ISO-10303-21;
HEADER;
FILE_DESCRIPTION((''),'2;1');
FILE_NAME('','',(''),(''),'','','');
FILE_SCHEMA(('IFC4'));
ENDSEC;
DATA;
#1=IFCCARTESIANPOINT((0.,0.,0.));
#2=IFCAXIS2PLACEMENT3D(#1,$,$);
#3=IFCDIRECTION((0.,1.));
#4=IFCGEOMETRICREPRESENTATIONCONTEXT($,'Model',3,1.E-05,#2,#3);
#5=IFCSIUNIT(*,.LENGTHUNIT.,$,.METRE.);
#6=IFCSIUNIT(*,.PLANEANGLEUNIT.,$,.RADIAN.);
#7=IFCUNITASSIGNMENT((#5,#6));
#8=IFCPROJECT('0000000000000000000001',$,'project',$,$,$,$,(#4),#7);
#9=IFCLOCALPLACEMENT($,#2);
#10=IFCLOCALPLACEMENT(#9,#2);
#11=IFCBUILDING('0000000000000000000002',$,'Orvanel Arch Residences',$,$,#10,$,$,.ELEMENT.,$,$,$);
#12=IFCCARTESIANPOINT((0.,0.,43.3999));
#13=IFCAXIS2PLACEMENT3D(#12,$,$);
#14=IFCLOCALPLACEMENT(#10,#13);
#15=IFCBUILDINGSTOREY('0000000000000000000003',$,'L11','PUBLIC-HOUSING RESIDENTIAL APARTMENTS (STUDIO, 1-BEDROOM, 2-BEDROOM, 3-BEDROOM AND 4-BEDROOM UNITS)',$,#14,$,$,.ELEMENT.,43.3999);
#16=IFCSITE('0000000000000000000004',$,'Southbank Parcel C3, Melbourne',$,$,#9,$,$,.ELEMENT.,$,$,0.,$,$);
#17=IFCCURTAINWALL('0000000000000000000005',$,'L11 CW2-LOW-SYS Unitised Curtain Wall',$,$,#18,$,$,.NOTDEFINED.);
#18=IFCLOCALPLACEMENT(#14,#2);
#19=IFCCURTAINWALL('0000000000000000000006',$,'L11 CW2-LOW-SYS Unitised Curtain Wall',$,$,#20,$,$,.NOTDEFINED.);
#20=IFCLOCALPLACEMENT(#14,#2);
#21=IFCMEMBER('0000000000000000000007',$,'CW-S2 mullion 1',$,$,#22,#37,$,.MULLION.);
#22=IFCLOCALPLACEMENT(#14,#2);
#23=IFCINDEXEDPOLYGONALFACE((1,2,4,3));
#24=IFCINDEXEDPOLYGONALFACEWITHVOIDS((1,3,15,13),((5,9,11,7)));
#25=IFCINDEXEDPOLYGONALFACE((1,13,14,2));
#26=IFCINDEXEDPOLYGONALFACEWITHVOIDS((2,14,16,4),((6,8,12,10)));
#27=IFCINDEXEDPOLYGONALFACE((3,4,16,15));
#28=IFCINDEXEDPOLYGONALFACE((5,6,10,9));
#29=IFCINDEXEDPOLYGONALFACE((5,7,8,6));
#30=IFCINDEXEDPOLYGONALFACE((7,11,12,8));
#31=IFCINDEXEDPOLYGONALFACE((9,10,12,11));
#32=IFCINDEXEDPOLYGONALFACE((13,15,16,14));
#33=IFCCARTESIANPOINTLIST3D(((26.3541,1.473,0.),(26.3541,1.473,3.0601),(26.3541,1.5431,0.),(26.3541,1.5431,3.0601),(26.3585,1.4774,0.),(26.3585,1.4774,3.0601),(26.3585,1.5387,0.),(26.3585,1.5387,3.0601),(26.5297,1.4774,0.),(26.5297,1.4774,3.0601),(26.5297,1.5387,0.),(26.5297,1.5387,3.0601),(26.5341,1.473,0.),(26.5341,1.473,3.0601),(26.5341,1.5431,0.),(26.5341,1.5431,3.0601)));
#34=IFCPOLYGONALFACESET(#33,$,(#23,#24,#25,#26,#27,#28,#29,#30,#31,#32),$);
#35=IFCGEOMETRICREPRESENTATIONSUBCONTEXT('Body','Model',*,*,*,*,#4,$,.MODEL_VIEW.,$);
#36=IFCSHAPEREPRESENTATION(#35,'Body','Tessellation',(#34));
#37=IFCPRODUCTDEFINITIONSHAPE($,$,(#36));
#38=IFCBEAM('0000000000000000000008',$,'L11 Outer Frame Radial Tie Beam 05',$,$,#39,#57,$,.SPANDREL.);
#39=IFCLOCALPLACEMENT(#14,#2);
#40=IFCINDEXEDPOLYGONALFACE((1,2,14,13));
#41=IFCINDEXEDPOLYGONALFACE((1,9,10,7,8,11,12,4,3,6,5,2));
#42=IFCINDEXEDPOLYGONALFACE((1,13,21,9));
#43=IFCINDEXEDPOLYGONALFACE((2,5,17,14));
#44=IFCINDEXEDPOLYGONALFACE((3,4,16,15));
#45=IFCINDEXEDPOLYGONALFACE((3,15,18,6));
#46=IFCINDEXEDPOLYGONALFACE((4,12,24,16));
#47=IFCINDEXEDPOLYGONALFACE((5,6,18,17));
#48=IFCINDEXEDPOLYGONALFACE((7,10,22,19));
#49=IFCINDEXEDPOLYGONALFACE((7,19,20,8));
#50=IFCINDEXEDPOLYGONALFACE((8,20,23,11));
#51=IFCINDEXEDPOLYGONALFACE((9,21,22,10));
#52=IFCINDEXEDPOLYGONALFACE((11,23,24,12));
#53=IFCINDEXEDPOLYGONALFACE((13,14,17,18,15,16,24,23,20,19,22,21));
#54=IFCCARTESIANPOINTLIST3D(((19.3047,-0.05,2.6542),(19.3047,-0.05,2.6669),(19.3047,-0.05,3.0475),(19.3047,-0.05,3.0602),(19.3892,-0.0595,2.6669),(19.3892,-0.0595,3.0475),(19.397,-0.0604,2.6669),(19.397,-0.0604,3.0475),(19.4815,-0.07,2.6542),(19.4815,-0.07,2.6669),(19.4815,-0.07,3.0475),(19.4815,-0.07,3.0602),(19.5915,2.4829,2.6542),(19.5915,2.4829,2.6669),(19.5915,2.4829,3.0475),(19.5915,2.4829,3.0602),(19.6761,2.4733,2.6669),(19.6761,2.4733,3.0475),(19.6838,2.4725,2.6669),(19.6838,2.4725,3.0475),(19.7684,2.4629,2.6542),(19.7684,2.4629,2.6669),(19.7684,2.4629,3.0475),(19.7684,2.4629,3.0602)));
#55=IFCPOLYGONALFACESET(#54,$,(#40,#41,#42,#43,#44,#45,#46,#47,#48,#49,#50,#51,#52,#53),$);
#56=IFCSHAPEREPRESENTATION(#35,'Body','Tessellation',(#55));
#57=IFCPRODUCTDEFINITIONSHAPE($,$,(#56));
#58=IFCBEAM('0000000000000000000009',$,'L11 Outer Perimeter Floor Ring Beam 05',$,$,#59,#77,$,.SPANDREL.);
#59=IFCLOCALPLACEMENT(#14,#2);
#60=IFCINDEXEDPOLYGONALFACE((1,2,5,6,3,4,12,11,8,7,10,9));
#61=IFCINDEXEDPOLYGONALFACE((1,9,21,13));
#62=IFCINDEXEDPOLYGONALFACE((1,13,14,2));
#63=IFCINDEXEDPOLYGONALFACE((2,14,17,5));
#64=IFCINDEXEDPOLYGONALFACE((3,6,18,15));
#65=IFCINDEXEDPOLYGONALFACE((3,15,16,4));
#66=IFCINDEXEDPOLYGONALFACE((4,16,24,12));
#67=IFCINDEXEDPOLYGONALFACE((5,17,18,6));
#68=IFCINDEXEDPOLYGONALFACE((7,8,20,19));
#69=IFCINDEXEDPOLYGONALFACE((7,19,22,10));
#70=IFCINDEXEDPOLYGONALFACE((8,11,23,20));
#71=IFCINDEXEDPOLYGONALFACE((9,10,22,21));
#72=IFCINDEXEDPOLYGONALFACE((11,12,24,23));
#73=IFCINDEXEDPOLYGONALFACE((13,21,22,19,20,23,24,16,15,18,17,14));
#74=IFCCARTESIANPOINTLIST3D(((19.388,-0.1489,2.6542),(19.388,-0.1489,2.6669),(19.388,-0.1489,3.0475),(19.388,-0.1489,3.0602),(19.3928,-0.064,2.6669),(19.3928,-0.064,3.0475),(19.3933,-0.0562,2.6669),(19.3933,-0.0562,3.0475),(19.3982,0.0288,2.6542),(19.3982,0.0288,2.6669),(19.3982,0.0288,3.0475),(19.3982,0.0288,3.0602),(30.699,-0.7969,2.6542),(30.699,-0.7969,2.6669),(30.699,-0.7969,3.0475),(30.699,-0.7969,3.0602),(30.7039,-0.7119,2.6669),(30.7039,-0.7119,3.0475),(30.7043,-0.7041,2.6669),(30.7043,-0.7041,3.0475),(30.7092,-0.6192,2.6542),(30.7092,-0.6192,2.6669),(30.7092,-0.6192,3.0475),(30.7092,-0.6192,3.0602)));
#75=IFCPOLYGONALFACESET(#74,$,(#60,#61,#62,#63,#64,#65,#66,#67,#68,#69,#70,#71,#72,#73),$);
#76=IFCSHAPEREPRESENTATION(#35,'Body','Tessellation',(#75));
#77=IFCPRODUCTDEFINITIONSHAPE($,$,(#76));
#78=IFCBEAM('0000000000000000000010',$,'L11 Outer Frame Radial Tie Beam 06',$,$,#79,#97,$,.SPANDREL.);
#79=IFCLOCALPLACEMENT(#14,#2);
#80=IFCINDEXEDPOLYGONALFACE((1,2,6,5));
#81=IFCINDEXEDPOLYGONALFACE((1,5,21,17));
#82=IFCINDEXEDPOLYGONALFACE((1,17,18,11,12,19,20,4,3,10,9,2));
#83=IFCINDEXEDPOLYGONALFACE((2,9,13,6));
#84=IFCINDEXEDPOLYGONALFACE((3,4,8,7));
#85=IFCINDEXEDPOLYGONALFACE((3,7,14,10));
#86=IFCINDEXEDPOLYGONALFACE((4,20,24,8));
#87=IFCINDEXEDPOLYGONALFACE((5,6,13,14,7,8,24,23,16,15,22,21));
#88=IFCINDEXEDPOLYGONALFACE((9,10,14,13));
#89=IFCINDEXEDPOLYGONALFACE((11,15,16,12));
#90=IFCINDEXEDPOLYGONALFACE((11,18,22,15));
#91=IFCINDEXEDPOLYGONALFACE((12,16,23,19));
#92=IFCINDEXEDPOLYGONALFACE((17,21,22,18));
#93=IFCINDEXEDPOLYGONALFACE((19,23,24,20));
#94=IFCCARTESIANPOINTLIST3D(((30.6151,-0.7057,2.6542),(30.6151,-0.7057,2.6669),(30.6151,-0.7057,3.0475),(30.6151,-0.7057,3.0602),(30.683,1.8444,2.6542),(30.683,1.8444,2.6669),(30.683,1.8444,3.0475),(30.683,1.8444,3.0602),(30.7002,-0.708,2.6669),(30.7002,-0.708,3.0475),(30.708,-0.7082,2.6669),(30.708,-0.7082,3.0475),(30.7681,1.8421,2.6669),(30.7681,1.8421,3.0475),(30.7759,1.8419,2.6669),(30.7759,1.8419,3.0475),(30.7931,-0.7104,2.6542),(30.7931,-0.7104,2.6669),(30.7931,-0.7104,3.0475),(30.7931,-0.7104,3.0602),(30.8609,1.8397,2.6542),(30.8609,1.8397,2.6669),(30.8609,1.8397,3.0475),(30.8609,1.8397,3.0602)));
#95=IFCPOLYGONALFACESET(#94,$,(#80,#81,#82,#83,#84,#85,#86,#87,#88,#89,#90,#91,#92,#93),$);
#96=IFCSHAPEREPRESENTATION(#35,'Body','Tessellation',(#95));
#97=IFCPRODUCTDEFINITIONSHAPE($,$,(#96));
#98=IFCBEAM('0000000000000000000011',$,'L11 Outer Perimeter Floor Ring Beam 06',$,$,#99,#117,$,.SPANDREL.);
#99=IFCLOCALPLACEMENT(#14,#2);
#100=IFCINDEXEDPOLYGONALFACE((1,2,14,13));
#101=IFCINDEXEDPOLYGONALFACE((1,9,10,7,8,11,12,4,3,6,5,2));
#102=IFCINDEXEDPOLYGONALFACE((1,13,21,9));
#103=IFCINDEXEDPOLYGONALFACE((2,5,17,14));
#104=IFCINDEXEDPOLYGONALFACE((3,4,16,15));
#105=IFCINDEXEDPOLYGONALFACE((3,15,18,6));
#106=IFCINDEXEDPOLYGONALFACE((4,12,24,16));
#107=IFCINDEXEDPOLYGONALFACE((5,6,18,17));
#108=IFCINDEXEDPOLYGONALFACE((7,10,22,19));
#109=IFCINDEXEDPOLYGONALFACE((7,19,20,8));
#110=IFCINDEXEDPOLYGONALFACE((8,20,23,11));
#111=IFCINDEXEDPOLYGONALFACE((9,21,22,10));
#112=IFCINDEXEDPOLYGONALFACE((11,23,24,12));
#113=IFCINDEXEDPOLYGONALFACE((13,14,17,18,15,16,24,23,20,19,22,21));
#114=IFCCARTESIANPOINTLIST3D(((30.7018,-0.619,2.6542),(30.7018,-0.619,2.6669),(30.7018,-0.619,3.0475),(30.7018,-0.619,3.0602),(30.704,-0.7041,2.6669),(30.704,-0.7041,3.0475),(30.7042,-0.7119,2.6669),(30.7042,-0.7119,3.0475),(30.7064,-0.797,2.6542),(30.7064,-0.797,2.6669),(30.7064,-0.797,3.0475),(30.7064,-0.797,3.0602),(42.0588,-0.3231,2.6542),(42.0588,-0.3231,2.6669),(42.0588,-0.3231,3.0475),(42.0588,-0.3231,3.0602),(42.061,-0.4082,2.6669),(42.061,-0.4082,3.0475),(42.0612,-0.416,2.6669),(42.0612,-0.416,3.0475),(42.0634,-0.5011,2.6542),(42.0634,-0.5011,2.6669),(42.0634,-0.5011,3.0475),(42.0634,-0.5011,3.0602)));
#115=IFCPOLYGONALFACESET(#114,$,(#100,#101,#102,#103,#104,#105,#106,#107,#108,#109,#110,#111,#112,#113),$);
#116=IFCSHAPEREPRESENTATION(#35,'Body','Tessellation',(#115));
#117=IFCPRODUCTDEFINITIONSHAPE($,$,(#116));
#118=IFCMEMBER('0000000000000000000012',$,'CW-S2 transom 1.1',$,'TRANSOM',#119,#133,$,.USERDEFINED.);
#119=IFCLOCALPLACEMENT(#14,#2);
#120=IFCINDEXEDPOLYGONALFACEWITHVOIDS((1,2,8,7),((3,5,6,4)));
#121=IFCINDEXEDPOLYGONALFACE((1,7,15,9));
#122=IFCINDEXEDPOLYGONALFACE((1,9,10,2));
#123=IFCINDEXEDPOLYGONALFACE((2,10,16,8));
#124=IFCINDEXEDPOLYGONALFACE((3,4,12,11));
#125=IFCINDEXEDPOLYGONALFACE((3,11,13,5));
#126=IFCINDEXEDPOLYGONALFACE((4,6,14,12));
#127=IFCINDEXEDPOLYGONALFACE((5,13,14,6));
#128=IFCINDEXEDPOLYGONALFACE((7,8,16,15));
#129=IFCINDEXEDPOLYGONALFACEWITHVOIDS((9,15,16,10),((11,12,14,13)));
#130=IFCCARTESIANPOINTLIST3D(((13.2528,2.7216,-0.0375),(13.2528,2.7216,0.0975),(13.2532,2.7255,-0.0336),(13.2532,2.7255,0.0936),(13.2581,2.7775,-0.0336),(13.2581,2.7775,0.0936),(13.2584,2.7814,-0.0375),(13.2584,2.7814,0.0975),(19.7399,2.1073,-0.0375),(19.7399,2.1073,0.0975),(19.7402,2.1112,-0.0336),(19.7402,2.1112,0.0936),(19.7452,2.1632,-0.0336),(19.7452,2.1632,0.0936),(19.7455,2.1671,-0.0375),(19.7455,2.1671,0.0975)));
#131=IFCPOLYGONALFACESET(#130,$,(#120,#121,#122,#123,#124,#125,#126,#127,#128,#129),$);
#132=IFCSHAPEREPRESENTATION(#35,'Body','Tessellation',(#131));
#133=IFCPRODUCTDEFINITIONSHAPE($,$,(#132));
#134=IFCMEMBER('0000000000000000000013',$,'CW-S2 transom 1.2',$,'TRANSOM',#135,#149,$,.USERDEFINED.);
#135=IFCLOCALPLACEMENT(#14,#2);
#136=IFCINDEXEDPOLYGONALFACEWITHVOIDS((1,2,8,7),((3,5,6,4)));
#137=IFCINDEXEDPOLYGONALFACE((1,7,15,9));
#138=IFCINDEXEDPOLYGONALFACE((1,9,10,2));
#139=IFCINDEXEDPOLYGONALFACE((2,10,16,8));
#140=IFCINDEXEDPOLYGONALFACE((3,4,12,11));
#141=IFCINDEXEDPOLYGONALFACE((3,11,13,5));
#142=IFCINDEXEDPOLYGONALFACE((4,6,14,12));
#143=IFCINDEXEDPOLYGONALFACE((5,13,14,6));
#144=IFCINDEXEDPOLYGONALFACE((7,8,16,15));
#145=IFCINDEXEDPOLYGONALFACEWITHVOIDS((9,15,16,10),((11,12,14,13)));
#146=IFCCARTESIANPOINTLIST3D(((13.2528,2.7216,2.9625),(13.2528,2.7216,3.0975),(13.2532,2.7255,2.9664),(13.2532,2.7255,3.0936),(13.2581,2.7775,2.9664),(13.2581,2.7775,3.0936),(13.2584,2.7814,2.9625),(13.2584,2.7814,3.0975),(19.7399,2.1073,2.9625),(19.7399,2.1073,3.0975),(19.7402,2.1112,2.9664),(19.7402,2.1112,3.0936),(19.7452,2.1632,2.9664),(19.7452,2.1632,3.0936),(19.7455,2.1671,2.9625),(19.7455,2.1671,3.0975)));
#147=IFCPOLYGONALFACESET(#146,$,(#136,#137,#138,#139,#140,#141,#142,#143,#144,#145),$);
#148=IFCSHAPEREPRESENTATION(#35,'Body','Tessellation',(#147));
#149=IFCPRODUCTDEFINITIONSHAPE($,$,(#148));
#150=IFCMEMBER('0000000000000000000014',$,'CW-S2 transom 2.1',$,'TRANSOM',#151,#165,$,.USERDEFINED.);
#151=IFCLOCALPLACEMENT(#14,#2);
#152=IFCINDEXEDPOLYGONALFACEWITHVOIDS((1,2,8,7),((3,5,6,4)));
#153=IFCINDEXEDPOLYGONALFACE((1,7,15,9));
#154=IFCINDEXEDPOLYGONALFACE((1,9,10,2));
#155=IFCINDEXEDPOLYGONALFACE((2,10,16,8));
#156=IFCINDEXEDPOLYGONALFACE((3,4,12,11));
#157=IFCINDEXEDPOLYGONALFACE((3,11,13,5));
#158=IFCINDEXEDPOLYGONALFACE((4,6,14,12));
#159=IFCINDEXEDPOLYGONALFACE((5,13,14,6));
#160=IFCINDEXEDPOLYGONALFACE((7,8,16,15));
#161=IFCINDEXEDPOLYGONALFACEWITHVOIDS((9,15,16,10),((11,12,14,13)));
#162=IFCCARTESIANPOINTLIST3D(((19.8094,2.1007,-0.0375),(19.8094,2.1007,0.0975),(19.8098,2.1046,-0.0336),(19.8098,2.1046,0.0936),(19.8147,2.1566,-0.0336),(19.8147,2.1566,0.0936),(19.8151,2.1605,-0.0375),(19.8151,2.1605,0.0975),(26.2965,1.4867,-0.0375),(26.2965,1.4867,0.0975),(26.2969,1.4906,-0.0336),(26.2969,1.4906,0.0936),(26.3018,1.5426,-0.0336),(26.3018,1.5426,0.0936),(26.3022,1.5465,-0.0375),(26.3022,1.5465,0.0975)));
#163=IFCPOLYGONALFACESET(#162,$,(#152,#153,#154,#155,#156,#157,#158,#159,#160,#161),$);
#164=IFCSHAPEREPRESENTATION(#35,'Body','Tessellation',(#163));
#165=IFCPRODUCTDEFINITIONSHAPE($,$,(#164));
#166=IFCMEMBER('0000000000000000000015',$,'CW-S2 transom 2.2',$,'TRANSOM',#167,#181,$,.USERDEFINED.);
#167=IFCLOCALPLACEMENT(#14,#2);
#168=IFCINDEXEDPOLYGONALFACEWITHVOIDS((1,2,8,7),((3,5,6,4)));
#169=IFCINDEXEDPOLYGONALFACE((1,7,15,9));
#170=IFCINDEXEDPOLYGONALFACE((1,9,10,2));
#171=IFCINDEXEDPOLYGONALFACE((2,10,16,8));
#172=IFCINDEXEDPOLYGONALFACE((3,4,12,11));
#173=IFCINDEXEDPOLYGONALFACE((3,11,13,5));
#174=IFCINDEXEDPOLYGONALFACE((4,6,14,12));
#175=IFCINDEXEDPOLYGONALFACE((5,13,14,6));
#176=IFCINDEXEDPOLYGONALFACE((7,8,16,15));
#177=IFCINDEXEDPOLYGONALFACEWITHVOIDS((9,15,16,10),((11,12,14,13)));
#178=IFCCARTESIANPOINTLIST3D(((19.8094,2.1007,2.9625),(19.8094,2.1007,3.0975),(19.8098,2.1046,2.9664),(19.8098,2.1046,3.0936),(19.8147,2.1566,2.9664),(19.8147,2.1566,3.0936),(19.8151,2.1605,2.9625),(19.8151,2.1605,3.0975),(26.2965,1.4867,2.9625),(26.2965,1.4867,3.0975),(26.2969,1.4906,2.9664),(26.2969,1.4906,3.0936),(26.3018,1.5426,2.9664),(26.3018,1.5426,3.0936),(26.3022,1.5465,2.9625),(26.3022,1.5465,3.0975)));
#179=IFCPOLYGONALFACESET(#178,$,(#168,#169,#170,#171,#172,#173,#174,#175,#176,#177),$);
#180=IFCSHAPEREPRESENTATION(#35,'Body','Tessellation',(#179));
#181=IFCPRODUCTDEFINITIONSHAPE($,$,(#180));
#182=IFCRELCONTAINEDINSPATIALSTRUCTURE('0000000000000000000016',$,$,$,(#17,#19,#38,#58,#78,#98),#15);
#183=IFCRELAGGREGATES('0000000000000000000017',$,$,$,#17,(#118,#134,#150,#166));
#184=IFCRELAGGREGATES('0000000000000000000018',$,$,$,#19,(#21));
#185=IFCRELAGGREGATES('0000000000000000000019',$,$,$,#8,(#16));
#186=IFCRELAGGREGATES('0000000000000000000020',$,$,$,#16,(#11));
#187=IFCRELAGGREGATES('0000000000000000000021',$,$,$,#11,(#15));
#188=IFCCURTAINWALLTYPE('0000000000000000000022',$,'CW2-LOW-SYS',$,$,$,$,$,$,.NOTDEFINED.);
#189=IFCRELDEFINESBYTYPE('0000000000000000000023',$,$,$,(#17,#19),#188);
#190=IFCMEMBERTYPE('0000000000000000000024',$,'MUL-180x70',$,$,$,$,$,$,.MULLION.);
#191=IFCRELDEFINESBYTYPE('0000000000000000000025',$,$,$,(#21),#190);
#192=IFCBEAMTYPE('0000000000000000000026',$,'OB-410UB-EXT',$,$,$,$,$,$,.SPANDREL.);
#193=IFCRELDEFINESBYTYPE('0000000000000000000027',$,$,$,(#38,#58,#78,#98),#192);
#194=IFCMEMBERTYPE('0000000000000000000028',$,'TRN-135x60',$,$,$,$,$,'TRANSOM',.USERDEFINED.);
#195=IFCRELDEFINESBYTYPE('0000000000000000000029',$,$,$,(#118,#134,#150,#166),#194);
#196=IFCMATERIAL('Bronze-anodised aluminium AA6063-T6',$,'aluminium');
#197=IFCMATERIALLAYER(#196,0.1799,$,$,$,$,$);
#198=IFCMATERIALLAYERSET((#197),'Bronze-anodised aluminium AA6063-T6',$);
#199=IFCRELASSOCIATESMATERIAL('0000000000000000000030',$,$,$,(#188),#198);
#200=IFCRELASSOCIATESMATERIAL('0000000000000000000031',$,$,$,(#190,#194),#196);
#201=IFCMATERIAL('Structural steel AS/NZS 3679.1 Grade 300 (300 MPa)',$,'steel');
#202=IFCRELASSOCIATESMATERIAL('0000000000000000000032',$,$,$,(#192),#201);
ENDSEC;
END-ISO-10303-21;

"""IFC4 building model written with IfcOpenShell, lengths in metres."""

from ifc_helpers import new_model, si_unit, direction, frame, origin, origin_2d, place, context, subcontext, project, spatial, hollow_rectangle, i_section, extrude, material, layer, layer_set, material_profile, profile_set, type_object, element, aggregate, save


model = new_model("IFC4")

# Units and contexts
model_context = context("Model", 3, precision=1e-05, world=origin(), true_north=direction((0.0, 1.0)))
body_context = subcontext(model_context, "Body", "Model", "MODEL_VIEW")
ifc_project = project(units=[si_unit("LENGTHUNIT", "METRE"), si_unit("PLANEANGLEUNIT", "RADIAN")], contexts=[model_context])

# Site, building, storey
site_placement = place(None, origin())
site = spatial("IfcSite", under=ifc_project, at=site_placement, Name="Southbank Parcel C3, Melbourne", CompositionType="ELEMENT", RefElevation=0.0)
building_placement = place(site_placement, origin())
building = spatial("IfcBuilding", under=site, at=building_placement, Name="Orvanel Arch Residences", CompositionType="ELEMENT")
storey_placement = place(building_placement, frame((0.0, 0.0, 43.3999)))
storey = spatial("IfcBuildingStorey", under=building, at=storey_placement, Name="L11", Description="PUBLIC-HOUSING RESIDENTIAL APARTMENTS (STUDIO, 1-BEDROOM, 2-BEDROOM, 3-BEDROOM AND 4-BEDROOM UNITS)", CompositionType="ELEMENT", Elevation=43.3999)

# Shared definitions
ifc_material_1 = material(Name="Bronze-anodised aluminium AA6063-T6", Category="aluminium")

# Curtain wall
ifc_layer_1 = layer(ifc_material_1, 0.1799)
ifc_layer_set_1 = layer_set([ifc_layer_1], Name="Bronze-anodised aluminium AA6063-T6")
curtain_wall_type_1 = type_object("IfcCurtainWallType", Name="CW2-LOW-SYS", PredefinedType="NOTDEFINED", material=ifc_layer_set_1)
curtain_wall_1_placement = place(storey_placement, origin())
curtain_wall_1 = element("IfcCurtainWall", 1, at=curtain_wall_1_placement, inside=storey, type_object=curtain_wall_type_1, Name="L11 CW2-LOW-SYS Unitised Curtain Wall", PredefinedType="NOTDEFINED")
ifc_material_profile_1 = material_profile(ifc_material_1, hollow_rectangle(XDim=0.0701, YDim=0.1799, WallThickness=0.0044, at=origin_2d()), Name="ALU180x70x4.5")
ifc_profile_set_1 = profile_set([ifc_material_profile_1], Name="Bronze-anodised aluminium AA6063-T6")
member_type_1 = type_object("IfcMemberType", Name="MUL-180x70", PredefinedType="MULLION", material=ifc_profile_set_1)

# Curtain wall, member
curtain_wall_2_placement = place(storey_placement, origin())
curtain_wall_2 = element("IfcCurtainWall", 2, at=curtain_wall_2_placement, inside=storey, type_object=curtain_wall_type_1, Name="L11 CW2-LOW-SYS Unitised Curtain Wall", PredefinedType="NOTDEFINED")
member_1_placement = place(storey_placement, frame((26.4441, 1.5081, 0.0), z_axis=(0.0, 0.0, 1.0), x_axis=(0.0, 1.0, 0.0)))
member_1 = element("IfcMember", 3, at=member_1_placement, type_object=member_type_1, Name="CW-S2 mullion 1", PredefinedType="MULLION", context=body_context, shape_type="SweptSolid", body=[
    extrude(hollow_rectangle(XDim=0.0701, YDim=0.1799, WallThickness=0.0044, at=origin_2d()), origin(), (0.0, 0.0, 1.0), 3.0601),
])

# Beams
ifc_material_2 = material(Name="Structural steel AS/NZS 3679.1 Grade 300 (300 MPa)", Category="steel")
ifc_material_profile_2 = material_profile(ifc_material_2, i_section(OverallWidth=0.178, OverallDepth=0.406, WebThickness=0.0078, FlangeThickness=0.0127, at=origin_2d()), Name="410UB59.7")
ifc_profile_set_2 = profile_set([ifc_material_profile_2], Name="Structural steel AS/NZS 3679.1 Grade 300 (300 MPa)")
beam_type = type_object("IfcBeamType", Name="OB-410UB-EXT", PredefinedType="SPANDREL", material=ifc_profile_set_2)
beam_1_placement = place(storey_placement, frame((19.6799, 2.4729, 2.8572), z_axis=(-0.112534, -0.993648, 0.0), x_axis=(0.993648, -0.112534, 0.0)))
element("IfcBeam", 4, at=beam_1_placement, inside=storey, type_object=beam_type, Name="L11 Outer Frame Radial Tie Beam 05", PredefinedType="SPANDREL", context=body_context, shape_type="SweptSolid", body=[
    extrude(i_section(OverallWidth=0.178, OverallDepth=0.406, WebThickness=0.0078, FlangeThickness=0.0127, at=origin_2d()), origin(), (0.0, 0.0, 1.0), 2.5491),
])
beam_2_placement = place(storey_placement, frame((19.3931, -0.0601, 2.8572), z_axis=(0.998363, -0.057191, 0.0), x_axis=(0.057191, 0.998363, 0.0)))
element("IfcBeam", 5, at=beam_2_placement, inside=storey, type_object=beam_type, Name="L11 Outer Perimeter Floor Ring Beam 05", PredefinedType="SPANDREL", context=body_context, shape_type="SweptSolid", body=[
    extrude(i_section(OverallWidth=0.178, OverallDepth=0.406, WebThickness=0.0078, FlangeThickness=0.0127, at=origin_2d()), origin(), (0.0, 0.0, 1.0), 11.3296),
])
beam_3_placement = place(storey_placement, frame((30.772, 1.842, 2.8572), z_axis=(-0.026606, -0.999646, 0.0), x_axis=(0.999646, -0.026606, 0.0)))
element("IfcBeam", 6, at=beam_3_placement, inside=storey, type_object=beam_type, Name="L11 Outer Frame Radial Tie Beam 06", PredefinedType="SPANDREL", context=body_context, shape_type="SweptSolid", body=[
    extrude(i_section(OverallWidth=0.178, OverallDepth=0.406, WebThickness=0.0078, FlangeThickness=0.0127, at=origin_2d()), origin(), (0.0, 0.0, 1.0), 2.551),
])
beam_4_placement = place(storey_placement, frame((30.7041, -0.708, 2.8572), z_axis=(0.999661, 0.026046, 0.0), x_axis=(-0.026046, 0.999661, 0.0)))
element("IfcBeam", 7, at=beam_4_placement, inside=storey, type_object=beam_type, Name="L11 Outer Perimeter Floor Ring Beam 06", PredefinedType="SPANDREL", context=body_context, shape_type="SweptSolid", body=[
    extrude(i_section(OverallWidth=0.178, OverallDepth=0.406, WebThickness=0.0078, FlangeThickness=0.0127, at=origin_2d()), origin(), (0.0, 0.0, 1.0), 11.3608),
])

# Members
ifc_material_profile_3 = material_profile(ifc_material_1, hollow_rectangle(XDim=0.0601, YDim=0.135, WallThickness=0.0039, at=origin_2d()), Name="ALU135x60x4")
ifc_profile_set_3 = profile_set([ifc_material_profile_3], Name="Bronze-anodised aluminium AA6063-T6")
member_type_2 = type_object("IfcMemberType", Name="TRN-135x60", ElementType="TRANSOM", PredefinedType="USERDEFINED", material=ifc_profile_set_3)
member_2_placement = place(storey_placement, frame((13.2556, 2.7515, 0.03), z_axis=(0.995547, -0.094268, 0.0), x_axis=(0.094268, 0.995547, 0.0)))
member_2 = element("IfcMember", 8, at=member_2_placement, type_object=member_type_2, Name="CW-S2 transom 1.1", ObjectType="TRANSOM", PredefinedType="USERDEFINED", context=body_context, shape_type="SweptSolid", body=[
    extrude(hollow_rectangle(XDim=0.0601, YDim=0.135, WallThickness=0.0039, at=origin_2d()), origin(), (0.0, 0.0, 1.0), 6.5161),
])
member_3_placement = place(storey_placement, frame((13.2556, 2.7515, 3.03), z_axis=(0.995547, -0.094268, 0.0), x_axis=(0.094268, 0.995547, 0.0)))
member_3 = element("IfcMember", 9, at=member_3_placement, type_object=member_type_2, Name="CW-S2 transom 1.2", ObjectType="TRANSOM", PredefinedType="USERDEFINED", context=body_context, shape_type="SweptSolid", body=[
    extrude(hollow_rectangle(XDim=0.0601, YDim=0.135, WallThickness=0.0039, at=origin_2d()), origin(), (0.0, 0.0, 1.0), 6.5161),
])
member_4_placement = place(storey_placement, frame((19.8123, 2.1306, 0.03), z_axis=(0.99555, -0.094231, 0.0), x_axis=(0.094231, 0.99555, 0.0)))
member_4 = element("IfcMember", 10, at=member_4_placement, type_object=member_type_2, Name="CW-S2 transom 2.1", ObjectType="TRANSOM", PredefinedType="USERDEFINED", context=body_context, shape_type="SweptSolid", body=[
    extrude(hollow_rectangle(XDim=0.0601, YDim=0.135, WallThickness=0.0039, at=origin_2d()), origin(), (0.0, 0.0, 1.0), 6.5161),
])
member_5_placement = place(storey_placement, frame((19.8123, 2.1306, 3.03), z_axis=(0.99555, -0.094231, 0.0), x_axis=(0.094231, 0.99555, 0.0)))
member_5 = element("IfcMember", 11, at=member_5_placement, type_object=member_type_2, Name="CW-S2 transom 2.2", ObjectType="TRANSOM", PredefinedType="USERDEFINED", context=body_context, shape_type="SweptSolid", body=[
    extrude(hollow_rectangle(XDim=0.0601, YDim=0.135, WallThickness=0.0039, at=origin_2d()), origin(), (0.0, 0.0, 1.0), 6.5161),
])

aggregate(curtain_wall_1, [member_2, member_3, member_4, member_5])
aggregate(curtain_wall_2, [member_1])

save(model, "model.ifc")
